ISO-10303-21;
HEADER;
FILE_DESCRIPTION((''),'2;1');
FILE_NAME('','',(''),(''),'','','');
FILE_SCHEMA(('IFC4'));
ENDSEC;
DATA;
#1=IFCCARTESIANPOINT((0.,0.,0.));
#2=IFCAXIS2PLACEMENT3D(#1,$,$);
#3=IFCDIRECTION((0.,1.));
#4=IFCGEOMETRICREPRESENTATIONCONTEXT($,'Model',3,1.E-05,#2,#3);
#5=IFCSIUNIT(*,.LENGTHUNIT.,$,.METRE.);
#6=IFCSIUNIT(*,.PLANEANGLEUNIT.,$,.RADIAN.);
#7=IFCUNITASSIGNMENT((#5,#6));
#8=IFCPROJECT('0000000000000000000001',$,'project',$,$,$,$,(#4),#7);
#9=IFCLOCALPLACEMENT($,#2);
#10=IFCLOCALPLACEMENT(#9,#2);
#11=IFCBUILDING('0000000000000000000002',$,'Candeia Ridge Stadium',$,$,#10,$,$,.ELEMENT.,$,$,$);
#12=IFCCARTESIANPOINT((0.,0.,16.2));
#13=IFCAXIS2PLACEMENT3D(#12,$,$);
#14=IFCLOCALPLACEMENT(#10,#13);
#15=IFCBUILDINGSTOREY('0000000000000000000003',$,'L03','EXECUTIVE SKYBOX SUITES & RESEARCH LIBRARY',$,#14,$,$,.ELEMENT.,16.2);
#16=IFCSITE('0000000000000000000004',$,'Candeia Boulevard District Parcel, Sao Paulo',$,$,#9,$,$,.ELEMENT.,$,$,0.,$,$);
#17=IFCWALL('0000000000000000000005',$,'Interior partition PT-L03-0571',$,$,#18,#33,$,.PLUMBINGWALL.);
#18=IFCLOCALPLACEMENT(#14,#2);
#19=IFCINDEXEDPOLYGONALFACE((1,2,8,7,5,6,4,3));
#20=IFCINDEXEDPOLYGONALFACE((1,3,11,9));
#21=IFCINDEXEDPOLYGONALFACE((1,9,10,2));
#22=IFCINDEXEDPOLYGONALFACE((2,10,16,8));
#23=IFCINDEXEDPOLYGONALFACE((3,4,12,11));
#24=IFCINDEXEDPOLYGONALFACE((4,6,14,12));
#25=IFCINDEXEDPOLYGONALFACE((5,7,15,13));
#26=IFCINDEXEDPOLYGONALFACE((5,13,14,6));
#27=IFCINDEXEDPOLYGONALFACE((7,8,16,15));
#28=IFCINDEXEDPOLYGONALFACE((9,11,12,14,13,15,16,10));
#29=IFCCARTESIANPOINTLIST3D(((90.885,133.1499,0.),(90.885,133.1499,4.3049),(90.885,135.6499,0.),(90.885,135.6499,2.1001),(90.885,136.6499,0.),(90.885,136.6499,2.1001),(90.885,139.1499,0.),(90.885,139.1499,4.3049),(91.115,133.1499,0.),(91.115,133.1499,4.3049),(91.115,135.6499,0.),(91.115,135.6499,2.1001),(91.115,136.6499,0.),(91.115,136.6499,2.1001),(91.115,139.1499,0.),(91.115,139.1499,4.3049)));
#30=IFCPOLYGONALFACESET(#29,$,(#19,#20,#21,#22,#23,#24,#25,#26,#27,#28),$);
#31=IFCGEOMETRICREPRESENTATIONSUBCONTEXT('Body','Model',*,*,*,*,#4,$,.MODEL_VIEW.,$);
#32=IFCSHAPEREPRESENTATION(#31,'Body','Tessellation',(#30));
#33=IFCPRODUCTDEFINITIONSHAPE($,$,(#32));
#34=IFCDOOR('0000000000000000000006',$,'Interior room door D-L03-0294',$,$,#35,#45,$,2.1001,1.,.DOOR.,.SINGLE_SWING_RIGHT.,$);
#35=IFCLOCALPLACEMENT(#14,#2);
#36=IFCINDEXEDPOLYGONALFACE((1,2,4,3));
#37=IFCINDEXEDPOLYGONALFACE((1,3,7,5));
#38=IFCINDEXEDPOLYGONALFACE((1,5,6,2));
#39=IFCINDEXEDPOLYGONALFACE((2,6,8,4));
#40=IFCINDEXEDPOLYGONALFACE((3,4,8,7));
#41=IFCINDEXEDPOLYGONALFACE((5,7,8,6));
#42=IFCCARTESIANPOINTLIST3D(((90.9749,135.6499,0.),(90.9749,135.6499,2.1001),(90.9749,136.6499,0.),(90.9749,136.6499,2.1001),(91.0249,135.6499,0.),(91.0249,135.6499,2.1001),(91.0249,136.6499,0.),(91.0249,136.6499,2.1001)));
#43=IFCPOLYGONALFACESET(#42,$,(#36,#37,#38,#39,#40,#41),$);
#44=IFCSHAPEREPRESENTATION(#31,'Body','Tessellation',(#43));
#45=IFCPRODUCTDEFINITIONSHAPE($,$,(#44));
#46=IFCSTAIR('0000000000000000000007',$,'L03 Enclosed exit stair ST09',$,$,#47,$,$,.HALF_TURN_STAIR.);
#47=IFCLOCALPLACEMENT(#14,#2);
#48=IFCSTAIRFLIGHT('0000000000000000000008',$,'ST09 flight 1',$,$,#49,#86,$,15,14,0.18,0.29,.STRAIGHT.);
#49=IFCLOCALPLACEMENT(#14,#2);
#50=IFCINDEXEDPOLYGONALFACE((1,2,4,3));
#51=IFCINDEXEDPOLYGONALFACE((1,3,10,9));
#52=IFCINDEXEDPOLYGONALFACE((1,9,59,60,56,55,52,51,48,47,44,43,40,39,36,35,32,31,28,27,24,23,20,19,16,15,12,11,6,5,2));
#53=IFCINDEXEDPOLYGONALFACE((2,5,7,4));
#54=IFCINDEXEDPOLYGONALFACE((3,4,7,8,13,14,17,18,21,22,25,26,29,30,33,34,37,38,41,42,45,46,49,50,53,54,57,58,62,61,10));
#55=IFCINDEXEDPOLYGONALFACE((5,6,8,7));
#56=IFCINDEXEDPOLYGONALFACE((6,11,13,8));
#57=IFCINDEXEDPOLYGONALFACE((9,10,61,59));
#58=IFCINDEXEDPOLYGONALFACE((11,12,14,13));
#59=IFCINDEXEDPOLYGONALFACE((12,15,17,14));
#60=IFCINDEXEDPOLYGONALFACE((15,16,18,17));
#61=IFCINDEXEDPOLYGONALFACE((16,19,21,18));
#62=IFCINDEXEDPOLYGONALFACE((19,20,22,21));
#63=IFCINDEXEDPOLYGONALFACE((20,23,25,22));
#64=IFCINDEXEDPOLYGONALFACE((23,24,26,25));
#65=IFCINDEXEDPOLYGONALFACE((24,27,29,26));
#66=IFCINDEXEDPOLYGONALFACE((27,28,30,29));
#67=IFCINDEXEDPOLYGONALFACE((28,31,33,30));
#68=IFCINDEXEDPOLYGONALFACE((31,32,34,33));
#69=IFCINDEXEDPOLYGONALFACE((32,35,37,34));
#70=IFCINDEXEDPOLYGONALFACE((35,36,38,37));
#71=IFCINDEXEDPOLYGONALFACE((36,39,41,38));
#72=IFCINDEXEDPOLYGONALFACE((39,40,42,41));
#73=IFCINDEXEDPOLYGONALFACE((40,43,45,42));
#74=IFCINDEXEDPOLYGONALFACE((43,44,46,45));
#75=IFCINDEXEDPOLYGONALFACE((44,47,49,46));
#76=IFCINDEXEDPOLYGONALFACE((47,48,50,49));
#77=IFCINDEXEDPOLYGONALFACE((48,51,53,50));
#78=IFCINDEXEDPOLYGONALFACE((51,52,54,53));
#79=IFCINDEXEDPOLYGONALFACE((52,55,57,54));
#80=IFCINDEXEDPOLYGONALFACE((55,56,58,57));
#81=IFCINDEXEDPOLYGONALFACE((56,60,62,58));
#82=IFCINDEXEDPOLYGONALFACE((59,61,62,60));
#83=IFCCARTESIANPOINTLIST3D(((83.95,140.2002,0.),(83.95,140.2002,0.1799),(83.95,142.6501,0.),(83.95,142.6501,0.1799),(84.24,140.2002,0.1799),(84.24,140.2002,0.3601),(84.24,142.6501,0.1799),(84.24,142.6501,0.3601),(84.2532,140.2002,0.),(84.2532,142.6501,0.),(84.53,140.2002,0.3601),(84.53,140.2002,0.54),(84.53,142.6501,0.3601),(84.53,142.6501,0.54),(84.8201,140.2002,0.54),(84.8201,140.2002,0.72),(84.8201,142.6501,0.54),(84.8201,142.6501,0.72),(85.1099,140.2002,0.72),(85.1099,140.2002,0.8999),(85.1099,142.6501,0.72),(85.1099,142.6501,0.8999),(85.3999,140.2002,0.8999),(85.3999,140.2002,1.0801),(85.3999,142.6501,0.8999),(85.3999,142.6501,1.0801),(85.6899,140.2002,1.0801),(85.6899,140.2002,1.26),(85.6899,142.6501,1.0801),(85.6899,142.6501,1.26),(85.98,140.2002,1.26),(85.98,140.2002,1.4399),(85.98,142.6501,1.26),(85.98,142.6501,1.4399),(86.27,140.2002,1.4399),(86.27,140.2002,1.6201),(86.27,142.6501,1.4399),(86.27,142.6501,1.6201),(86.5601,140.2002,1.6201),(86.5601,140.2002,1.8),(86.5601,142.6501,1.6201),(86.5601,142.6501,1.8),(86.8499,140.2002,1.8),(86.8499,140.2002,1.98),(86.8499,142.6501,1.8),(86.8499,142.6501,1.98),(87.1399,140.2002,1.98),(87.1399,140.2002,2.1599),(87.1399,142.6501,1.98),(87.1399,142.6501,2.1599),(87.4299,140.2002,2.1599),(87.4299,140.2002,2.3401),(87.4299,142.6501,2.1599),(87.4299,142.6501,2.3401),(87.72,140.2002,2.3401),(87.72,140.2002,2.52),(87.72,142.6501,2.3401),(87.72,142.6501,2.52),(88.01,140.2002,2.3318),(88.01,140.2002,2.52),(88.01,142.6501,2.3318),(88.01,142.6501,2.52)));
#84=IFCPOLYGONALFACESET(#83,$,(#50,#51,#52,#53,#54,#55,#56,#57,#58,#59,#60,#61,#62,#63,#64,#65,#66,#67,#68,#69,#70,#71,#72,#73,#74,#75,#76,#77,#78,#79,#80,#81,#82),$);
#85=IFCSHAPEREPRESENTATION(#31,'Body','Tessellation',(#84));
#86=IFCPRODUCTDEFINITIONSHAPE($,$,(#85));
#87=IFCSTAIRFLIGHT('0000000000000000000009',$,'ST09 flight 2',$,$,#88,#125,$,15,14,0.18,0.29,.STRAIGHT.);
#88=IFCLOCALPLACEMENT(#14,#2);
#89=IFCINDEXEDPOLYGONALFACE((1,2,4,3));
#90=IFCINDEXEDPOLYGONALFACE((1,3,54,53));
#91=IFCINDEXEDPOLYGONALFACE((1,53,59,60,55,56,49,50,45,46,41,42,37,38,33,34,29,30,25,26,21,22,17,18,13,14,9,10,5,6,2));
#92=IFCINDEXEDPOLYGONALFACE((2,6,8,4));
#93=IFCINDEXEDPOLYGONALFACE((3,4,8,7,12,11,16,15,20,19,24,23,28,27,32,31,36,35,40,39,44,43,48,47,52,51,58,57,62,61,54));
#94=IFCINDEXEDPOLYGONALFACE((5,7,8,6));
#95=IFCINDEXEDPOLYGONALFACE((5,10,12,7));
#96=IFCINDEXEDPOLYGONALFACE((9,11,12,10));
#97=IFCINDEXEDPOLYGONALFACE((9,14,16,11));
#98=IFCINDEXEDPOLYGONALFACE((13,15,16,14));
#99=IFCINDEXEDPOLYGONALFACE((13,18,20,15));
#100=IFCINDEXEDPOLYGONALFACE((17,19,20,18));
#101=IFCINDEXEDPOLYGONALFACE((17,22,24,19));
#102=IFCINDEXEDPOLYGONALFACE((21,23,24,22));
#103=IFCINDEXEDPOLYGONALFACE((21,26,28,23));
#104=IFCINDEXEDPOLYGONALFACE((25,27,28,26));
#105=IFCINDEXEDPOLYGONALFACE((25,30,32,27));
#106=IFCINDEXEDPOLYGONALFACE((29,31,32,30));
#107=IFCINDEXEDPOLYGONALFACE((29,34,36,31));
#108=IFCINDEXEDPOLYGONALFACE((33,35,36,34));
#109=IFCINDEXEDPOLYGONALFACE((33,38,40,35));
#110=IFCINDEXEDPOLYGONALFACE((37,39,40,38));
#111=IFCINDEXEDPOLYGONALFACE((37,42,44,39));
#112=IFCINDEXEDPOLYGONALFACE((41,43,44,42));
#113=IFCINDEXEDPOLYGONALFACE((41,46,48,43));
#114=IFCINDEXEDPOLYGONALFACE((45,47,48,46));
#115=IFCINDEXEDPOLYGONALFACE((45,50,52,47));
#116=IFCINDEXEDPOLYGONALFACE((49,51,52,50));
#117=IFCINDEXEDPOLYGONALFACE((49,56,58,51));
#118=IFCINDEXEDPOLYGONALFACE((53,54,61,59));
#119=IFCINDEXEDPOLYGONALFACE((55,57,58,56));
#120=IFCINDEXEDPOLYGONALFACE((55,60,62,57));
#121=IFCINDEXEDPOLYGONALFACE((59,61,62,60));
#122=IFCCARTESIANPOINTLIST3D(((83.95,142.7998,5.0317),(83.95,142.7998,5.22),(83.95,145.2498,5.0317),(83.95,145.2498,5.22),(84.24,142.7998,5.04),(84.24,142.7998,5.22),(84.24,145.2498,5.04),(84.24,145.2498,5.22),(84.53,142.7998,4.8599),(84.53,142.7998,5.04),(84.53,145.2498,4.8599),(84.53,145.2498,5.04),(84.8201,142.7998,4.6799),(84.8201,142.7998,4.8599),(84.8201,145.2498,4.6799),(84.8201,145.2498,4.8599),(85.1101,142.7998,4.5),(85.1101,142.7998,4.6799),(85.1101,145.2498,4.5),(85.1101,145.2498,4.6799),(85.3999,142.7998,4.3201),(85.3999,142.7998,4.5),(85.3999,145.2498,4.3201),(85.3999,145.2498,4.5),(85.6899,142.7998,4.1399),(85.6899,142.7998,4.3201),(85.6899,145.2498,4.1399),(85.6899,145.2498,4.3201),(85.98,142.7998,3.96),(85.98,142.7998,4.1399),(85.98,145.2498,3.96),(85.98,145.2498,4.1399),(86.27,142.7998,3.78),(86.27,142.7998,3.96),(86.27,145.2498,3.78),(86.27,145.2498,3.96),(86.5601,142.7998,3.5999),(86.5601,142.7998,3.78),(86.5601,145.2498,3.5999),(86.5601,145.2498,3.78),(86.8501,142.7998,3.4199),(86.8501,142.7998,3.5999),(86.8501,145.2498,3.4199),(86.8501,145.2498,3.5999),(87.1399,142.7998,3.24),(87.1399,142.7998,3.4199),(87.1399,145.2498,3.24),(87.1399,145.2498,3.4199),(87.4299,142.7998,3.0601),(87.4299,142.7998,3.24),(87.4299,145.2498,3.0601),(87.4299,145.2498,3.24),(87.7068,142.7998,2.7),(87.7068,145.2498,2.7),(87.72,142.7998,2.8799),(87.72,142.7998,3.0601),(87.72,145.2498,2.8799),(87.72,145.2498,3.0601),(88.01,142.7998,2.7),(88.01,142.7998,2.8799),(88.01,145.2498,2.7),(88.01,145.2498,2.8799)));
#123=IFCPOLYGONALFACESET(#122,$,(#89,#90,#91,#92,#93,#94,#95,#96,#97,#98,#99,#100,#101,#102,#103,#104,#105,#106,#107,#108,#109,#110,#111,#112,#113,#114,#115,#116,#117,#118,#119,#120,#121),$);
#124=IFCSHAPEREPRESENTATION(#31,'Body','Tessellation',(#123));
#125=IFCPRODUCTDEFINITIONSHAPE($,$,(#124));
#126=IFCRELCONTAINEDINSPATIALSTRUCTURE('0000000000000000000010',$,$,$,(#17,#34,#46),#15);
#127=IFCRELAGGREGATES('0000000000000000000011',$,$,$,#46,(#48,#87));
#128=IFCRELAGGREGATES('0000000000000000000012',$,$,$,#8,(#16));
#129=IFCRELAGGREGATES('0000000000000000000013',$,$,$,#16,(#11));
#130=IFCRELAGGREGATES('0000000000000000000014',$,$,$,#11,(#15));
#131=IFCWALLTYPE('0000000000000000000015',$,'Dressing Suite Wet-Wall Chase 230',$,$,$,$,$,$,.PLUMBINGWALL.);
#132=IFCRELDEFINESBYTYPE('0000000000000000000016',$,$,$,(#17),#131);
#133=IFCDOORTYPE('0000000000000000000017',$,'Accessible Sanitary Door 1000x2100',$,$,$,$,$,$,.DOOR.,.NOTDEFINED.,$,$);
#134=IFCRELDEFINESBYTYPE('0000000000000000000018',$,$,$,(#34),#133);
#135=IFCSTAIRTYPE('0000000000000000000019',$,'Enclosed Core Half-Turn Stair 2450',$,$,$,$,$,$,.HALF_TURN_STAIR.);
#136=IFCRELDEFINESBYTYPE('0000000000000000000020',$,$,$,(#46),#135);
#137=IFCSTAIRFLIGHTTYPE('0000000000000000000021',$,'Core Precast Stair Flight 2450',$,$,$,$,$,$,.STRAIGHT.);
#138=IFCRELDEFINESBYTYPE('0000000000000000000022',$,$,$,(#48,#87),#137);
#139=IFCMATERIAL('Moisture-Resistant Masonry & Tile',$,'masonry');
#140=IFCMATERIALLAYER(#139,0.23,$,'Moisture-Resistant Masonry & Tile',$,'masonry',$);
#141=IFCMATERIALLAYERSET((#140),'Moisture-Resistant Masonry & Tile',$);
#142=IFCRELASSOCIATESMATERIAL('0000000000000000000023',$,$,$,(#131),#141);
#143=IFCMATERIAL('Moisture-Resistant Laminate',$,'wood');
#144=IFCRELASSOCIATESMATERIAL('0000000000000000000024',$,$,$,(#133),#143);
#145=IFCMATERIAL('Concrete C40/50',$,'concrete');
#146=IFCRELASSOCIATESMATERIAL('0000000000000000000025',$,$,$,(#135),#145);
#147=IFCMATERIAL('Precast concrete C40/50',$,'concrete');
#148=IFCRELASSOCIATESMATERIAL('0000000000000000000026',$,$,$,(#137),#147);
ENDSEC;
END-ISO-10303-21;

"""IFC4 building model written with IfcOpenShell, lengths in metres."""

from ifc_helpers import new_model, si_unit, direction, frame, frame_2d, origin, place, context, subcontext, project, spatial, polyline, rectangle, outline, extrude, material, layer, layer_set, type_object, element, fill, aggregate, save


model = new_model("IFC4")

# Units and contexts
model_context = context("Model", 3, precision=1e-05, world=origin(), true_north=direction((0.0, 1.0)))
body_context = subcontext(model_context, "Body", "Model", "MODEL_VIEW")
ifc_project = project(units=[si_unit("LENGTHUNIT", "METRE"), si_unit("PLANEANGLEUNIT", "RADIAN")], contexts=[model_context])

# Site, building, storey
site_placement = place(None, origin())
site = spatial("IfcSite", under=ifc_project, at=site_placement, Name="Candeia Boulevard District Parcel, Sao Paulo", CompositionType="ELEMENT", RefElevation=0.0)
building_placement = place(site_placement, origin())
building = spatial("IfcBuilding", under=site, at=building_placement, Name="Candeia Ridge Stadium", CompositionType="ELEMENT")
storey_placement = place(building_placement, frame((0.0, 0.0, 16.2)))
storey = spatial("IfcBuildingStorey", under=building, at=storey_placement, Name="L03", Description="EXECUTIVE SKYBOX SUITES & RESEARCH LIBRARY", CompositionType="ELEMENT", Elevation=16.2)

# Shared definitions
ifc_material_1 = material(Name="Concrete C40/50", Category="concrete")

# Wall, opening, door
ifc_material_2 = material(Name="Moisture-Resistant Masonry & Tile", Category="masonry")
ifc_layer_1 = layer(ifc_material_2, 0.23, Name="Moisture-Resistant Masonry & Tile", Category="masonry")
ifc_layer_set_1 = layer_set([ifc_layer_1], Name="Moisture-Resistant Masonry & Tile")
wall_type_1 = type_object("IfcWallType", Name="Dressing Suite Wet-Wall Chase 230", PredefinedType="PLUMBINGWALL", material=ifc_layer_set_1)
wall_1_placement = place(storey_placement, frame((91.0, 133.1499, 0.0), z_axis=(0.0, 0.0, 1.0), x_axis=(0.0, 1.0, 0.0)))
wall_1 = element("IfcWall", 1, at=wall_1_placement, inside=storey, type_object=wall_type_1, Name="Interior partition PT-L03-0571", PredefinedType="PLUMBINGWALL", context=body_context, shape_type="SweptSolid", body=[
    extrude(rectangle(XDim=6.0, YDim=0.23, at=frame_2d((3.0, 0.0))), origin(), (0.0, 0.0, 1.0), 4.3049),
])
opening_1_placement = place(wall_1_placement, frame((2.5, 0.0, 0.0)))
opening_1 = element("IfcOpeningElement", 2, at=opening_1_placement, cuts=wall_1, PredefinedType="OPENING", context=body_context, shape_type="SweptSolid", body=[
    extrude(rectangle(XDim=1.0, YDim=2.1001, at=frame_2d((0.5, 1.05))), frame((0.0, 0.125, 0.0), z_axis=(0.0, -1.0, 0.0), x_axis=(1.0, 0.0, 0.0)), (0.0, 0.0, 1.0), 0.25),
])
ifc_material_3 = material(Name="Moisture-Resistant Laminate", Category="wood")
door_type_1 = type_object("IfcDoorType", Name="Accessible Sanitary Door 1000x2100", OperationType="NOTDEFINED", PredefinedType="DOOR", material=ifc_material_3)
door_1_placement = place(opening_1_placement, frame((1.0, 0.0, 0.0), z_axis=(0.0, 0.0, 1.0), x_axis=(-1.0, 0.0, 0.0)))
door_1 = element("IfcDoor", 3, at=door_1_placement, inside=storey, type_object=door_type_1, Name="Interior room door D-L03-0294", OperationType="SINGLE_SWING_RIGHT", OverallHeight=2.1001, OverallWidth=1.0, PredefinedType="DOOR", context=body_context, shape_type="SweptSolid", body=[
    extrude(rectangle(XDim=1.0, YDim=2.1001, at=frame_2d((0.5, 1.05))), frame((0.0, 0.0249, 0.0), z_axis=(0.0, -1.0, 0.0), x_axis=(1.0, 0.0, 0.0)), (0.0, 0.0, 1.0), 0.05),
])
fill(opening_1, door_1)

# Stair, stair flights
stair_type = type_object("IfcStairType", Name="Enclosed Core Half-Turn Stair 2450", PredefinedType="HALF_TURN_STAIR", material=ifc_material_1)
stair_placement = place(storey_placement, origin())
stair = element("IfcStair", 4, at=stair_placement, inside=storey, type_object=stair_type, Name="L03 Enclosed exit stair ST09", PredefinedType="HALF_TURN_STAIR")
ifc_material_4 = material(Name="Precast concrete C40/50", Category="concrete")
stair_flight_type = type_object("IfcStairFlightType", Name="Core Precast Stair Flight 2450", PredefinedType="STRAIGHT", material=ifc_material_4)
stair_flight_1_placement = place(storey_placement, frame((83.95, 141.425, 0.0), z_axis=(0.0, 0.0, 1.0), x_axis=(1.0, 0.0, 0.0)))
stair_flight_1 = element("IfcStairFlight", 5, at=stair_flight_1_placement, type_object=stair_flight_type, Name="ST09 flight 1", NumberOfRisers=15, NumberOfTreads=14, PredefinedType="STRAIGHT", RiserHeight=0.18, TreadLength=0.29, context=body_context, shape_type="SweptSolid", body=[
    extrude(outline(polyline([(0.0, 0.0), (0.0, 0.1799), (0.29, 0.1799), (0.29, 0.3601), (0.5801, 0.3601), (0.5801, 0.54), (0.8701, 0.54), (0.8701, 0.72), (1.1599, 0.72), (1.1599, 0.8999), (1.45, 0.8999), (1.45, 1.0801), (1.74, 1.0801), (1.74, 1.26), (2.03, 1.26), (2.03, 1.4399), (2.3201, 1.4399), (2.3201, 1.6201), (2.6101, 1.6201), (2.6101, 1.8), (2.8999, 1.8), (2.8999, 1.98), (3.1899, 1.98), (3.1899, 2.1599), (3.48, 2.1599), (3.48, 2.3401), (3.77, 2.3401), (3.77, 2.52), (4.0601, 2.52), (4.0601, 2.7), (4.0601, 2.3318), (0.3032, 0.0), (0.0, 0.0)])), frame((0.0, 1.2251, 0.0), z_axis=(0.0, -1.0, 0.0), x_axis=(1.0, 0.0, 0.0)), (0.0, 0.0, 1.0), 2.45),
])
stair_flight_2_placement = place(storey_placement, frame((88.01, 144.0249, 2.7), z_axis=(0.0, 0.0, 1.0), x_axis=(-1.0, 0.0, 0.0)))
stair_flight_2 = element("IfcStairFlight", 6, at=stair_flight_2_placement, type_object=stair_flight_type, Name="ST09 flight 2", NumberOfRisers=15, NumberOfTreads=14, PredefinedType="STRAIGHT", RiserHeight=0.18, TreadLength=0.29, context=body_context, shape_type="SweptSolid", body=[
    extrude(outline(polyline([(0.0, 0.0), (0.0, 0.1799), (0.29, 0.1799), (0.29, 0.3601), (0.5801, 0.3601), (0.5801, 0.54), (0.8701, 0.54), (0.8701, 0.72), (1.1599, 0.72), (1.1599, 0.8999), (1.45, 0.8999), (1.45, 1.0801), (1.74, 1.0801), (1.74, 1.26), (2.03, 1.26), (2.03, 1.4399), (2.3201, 1.4399), (2.3201, 1.6201), (2.6101, 1.6201), (2.6101, 1.8), (2.8999, 1.8), (2.8999, 1.98), (3.1899, 1.98), (3.1899, 2.1599), (3.48, 2.1599), (3.48, 2.3401), (3.77, 2.3401), (3.77, 2.52), (4.0601, 2.52), (4.0601, 2.7), (4.0601, 2.3318), (0.3032, 0.0), (0.0, 0.0)])), frame((0.0, 1.2251, 0.0), z_axis=(0.0, -1.0, 0.0), x_axis=(1.0, 0.0, 0.0)), (0.0, 0.0, 1.0), 2.45),
])
aggregate(stair, [stair_flight_1, stair_flight_2])

save(model, "model.ifc")
